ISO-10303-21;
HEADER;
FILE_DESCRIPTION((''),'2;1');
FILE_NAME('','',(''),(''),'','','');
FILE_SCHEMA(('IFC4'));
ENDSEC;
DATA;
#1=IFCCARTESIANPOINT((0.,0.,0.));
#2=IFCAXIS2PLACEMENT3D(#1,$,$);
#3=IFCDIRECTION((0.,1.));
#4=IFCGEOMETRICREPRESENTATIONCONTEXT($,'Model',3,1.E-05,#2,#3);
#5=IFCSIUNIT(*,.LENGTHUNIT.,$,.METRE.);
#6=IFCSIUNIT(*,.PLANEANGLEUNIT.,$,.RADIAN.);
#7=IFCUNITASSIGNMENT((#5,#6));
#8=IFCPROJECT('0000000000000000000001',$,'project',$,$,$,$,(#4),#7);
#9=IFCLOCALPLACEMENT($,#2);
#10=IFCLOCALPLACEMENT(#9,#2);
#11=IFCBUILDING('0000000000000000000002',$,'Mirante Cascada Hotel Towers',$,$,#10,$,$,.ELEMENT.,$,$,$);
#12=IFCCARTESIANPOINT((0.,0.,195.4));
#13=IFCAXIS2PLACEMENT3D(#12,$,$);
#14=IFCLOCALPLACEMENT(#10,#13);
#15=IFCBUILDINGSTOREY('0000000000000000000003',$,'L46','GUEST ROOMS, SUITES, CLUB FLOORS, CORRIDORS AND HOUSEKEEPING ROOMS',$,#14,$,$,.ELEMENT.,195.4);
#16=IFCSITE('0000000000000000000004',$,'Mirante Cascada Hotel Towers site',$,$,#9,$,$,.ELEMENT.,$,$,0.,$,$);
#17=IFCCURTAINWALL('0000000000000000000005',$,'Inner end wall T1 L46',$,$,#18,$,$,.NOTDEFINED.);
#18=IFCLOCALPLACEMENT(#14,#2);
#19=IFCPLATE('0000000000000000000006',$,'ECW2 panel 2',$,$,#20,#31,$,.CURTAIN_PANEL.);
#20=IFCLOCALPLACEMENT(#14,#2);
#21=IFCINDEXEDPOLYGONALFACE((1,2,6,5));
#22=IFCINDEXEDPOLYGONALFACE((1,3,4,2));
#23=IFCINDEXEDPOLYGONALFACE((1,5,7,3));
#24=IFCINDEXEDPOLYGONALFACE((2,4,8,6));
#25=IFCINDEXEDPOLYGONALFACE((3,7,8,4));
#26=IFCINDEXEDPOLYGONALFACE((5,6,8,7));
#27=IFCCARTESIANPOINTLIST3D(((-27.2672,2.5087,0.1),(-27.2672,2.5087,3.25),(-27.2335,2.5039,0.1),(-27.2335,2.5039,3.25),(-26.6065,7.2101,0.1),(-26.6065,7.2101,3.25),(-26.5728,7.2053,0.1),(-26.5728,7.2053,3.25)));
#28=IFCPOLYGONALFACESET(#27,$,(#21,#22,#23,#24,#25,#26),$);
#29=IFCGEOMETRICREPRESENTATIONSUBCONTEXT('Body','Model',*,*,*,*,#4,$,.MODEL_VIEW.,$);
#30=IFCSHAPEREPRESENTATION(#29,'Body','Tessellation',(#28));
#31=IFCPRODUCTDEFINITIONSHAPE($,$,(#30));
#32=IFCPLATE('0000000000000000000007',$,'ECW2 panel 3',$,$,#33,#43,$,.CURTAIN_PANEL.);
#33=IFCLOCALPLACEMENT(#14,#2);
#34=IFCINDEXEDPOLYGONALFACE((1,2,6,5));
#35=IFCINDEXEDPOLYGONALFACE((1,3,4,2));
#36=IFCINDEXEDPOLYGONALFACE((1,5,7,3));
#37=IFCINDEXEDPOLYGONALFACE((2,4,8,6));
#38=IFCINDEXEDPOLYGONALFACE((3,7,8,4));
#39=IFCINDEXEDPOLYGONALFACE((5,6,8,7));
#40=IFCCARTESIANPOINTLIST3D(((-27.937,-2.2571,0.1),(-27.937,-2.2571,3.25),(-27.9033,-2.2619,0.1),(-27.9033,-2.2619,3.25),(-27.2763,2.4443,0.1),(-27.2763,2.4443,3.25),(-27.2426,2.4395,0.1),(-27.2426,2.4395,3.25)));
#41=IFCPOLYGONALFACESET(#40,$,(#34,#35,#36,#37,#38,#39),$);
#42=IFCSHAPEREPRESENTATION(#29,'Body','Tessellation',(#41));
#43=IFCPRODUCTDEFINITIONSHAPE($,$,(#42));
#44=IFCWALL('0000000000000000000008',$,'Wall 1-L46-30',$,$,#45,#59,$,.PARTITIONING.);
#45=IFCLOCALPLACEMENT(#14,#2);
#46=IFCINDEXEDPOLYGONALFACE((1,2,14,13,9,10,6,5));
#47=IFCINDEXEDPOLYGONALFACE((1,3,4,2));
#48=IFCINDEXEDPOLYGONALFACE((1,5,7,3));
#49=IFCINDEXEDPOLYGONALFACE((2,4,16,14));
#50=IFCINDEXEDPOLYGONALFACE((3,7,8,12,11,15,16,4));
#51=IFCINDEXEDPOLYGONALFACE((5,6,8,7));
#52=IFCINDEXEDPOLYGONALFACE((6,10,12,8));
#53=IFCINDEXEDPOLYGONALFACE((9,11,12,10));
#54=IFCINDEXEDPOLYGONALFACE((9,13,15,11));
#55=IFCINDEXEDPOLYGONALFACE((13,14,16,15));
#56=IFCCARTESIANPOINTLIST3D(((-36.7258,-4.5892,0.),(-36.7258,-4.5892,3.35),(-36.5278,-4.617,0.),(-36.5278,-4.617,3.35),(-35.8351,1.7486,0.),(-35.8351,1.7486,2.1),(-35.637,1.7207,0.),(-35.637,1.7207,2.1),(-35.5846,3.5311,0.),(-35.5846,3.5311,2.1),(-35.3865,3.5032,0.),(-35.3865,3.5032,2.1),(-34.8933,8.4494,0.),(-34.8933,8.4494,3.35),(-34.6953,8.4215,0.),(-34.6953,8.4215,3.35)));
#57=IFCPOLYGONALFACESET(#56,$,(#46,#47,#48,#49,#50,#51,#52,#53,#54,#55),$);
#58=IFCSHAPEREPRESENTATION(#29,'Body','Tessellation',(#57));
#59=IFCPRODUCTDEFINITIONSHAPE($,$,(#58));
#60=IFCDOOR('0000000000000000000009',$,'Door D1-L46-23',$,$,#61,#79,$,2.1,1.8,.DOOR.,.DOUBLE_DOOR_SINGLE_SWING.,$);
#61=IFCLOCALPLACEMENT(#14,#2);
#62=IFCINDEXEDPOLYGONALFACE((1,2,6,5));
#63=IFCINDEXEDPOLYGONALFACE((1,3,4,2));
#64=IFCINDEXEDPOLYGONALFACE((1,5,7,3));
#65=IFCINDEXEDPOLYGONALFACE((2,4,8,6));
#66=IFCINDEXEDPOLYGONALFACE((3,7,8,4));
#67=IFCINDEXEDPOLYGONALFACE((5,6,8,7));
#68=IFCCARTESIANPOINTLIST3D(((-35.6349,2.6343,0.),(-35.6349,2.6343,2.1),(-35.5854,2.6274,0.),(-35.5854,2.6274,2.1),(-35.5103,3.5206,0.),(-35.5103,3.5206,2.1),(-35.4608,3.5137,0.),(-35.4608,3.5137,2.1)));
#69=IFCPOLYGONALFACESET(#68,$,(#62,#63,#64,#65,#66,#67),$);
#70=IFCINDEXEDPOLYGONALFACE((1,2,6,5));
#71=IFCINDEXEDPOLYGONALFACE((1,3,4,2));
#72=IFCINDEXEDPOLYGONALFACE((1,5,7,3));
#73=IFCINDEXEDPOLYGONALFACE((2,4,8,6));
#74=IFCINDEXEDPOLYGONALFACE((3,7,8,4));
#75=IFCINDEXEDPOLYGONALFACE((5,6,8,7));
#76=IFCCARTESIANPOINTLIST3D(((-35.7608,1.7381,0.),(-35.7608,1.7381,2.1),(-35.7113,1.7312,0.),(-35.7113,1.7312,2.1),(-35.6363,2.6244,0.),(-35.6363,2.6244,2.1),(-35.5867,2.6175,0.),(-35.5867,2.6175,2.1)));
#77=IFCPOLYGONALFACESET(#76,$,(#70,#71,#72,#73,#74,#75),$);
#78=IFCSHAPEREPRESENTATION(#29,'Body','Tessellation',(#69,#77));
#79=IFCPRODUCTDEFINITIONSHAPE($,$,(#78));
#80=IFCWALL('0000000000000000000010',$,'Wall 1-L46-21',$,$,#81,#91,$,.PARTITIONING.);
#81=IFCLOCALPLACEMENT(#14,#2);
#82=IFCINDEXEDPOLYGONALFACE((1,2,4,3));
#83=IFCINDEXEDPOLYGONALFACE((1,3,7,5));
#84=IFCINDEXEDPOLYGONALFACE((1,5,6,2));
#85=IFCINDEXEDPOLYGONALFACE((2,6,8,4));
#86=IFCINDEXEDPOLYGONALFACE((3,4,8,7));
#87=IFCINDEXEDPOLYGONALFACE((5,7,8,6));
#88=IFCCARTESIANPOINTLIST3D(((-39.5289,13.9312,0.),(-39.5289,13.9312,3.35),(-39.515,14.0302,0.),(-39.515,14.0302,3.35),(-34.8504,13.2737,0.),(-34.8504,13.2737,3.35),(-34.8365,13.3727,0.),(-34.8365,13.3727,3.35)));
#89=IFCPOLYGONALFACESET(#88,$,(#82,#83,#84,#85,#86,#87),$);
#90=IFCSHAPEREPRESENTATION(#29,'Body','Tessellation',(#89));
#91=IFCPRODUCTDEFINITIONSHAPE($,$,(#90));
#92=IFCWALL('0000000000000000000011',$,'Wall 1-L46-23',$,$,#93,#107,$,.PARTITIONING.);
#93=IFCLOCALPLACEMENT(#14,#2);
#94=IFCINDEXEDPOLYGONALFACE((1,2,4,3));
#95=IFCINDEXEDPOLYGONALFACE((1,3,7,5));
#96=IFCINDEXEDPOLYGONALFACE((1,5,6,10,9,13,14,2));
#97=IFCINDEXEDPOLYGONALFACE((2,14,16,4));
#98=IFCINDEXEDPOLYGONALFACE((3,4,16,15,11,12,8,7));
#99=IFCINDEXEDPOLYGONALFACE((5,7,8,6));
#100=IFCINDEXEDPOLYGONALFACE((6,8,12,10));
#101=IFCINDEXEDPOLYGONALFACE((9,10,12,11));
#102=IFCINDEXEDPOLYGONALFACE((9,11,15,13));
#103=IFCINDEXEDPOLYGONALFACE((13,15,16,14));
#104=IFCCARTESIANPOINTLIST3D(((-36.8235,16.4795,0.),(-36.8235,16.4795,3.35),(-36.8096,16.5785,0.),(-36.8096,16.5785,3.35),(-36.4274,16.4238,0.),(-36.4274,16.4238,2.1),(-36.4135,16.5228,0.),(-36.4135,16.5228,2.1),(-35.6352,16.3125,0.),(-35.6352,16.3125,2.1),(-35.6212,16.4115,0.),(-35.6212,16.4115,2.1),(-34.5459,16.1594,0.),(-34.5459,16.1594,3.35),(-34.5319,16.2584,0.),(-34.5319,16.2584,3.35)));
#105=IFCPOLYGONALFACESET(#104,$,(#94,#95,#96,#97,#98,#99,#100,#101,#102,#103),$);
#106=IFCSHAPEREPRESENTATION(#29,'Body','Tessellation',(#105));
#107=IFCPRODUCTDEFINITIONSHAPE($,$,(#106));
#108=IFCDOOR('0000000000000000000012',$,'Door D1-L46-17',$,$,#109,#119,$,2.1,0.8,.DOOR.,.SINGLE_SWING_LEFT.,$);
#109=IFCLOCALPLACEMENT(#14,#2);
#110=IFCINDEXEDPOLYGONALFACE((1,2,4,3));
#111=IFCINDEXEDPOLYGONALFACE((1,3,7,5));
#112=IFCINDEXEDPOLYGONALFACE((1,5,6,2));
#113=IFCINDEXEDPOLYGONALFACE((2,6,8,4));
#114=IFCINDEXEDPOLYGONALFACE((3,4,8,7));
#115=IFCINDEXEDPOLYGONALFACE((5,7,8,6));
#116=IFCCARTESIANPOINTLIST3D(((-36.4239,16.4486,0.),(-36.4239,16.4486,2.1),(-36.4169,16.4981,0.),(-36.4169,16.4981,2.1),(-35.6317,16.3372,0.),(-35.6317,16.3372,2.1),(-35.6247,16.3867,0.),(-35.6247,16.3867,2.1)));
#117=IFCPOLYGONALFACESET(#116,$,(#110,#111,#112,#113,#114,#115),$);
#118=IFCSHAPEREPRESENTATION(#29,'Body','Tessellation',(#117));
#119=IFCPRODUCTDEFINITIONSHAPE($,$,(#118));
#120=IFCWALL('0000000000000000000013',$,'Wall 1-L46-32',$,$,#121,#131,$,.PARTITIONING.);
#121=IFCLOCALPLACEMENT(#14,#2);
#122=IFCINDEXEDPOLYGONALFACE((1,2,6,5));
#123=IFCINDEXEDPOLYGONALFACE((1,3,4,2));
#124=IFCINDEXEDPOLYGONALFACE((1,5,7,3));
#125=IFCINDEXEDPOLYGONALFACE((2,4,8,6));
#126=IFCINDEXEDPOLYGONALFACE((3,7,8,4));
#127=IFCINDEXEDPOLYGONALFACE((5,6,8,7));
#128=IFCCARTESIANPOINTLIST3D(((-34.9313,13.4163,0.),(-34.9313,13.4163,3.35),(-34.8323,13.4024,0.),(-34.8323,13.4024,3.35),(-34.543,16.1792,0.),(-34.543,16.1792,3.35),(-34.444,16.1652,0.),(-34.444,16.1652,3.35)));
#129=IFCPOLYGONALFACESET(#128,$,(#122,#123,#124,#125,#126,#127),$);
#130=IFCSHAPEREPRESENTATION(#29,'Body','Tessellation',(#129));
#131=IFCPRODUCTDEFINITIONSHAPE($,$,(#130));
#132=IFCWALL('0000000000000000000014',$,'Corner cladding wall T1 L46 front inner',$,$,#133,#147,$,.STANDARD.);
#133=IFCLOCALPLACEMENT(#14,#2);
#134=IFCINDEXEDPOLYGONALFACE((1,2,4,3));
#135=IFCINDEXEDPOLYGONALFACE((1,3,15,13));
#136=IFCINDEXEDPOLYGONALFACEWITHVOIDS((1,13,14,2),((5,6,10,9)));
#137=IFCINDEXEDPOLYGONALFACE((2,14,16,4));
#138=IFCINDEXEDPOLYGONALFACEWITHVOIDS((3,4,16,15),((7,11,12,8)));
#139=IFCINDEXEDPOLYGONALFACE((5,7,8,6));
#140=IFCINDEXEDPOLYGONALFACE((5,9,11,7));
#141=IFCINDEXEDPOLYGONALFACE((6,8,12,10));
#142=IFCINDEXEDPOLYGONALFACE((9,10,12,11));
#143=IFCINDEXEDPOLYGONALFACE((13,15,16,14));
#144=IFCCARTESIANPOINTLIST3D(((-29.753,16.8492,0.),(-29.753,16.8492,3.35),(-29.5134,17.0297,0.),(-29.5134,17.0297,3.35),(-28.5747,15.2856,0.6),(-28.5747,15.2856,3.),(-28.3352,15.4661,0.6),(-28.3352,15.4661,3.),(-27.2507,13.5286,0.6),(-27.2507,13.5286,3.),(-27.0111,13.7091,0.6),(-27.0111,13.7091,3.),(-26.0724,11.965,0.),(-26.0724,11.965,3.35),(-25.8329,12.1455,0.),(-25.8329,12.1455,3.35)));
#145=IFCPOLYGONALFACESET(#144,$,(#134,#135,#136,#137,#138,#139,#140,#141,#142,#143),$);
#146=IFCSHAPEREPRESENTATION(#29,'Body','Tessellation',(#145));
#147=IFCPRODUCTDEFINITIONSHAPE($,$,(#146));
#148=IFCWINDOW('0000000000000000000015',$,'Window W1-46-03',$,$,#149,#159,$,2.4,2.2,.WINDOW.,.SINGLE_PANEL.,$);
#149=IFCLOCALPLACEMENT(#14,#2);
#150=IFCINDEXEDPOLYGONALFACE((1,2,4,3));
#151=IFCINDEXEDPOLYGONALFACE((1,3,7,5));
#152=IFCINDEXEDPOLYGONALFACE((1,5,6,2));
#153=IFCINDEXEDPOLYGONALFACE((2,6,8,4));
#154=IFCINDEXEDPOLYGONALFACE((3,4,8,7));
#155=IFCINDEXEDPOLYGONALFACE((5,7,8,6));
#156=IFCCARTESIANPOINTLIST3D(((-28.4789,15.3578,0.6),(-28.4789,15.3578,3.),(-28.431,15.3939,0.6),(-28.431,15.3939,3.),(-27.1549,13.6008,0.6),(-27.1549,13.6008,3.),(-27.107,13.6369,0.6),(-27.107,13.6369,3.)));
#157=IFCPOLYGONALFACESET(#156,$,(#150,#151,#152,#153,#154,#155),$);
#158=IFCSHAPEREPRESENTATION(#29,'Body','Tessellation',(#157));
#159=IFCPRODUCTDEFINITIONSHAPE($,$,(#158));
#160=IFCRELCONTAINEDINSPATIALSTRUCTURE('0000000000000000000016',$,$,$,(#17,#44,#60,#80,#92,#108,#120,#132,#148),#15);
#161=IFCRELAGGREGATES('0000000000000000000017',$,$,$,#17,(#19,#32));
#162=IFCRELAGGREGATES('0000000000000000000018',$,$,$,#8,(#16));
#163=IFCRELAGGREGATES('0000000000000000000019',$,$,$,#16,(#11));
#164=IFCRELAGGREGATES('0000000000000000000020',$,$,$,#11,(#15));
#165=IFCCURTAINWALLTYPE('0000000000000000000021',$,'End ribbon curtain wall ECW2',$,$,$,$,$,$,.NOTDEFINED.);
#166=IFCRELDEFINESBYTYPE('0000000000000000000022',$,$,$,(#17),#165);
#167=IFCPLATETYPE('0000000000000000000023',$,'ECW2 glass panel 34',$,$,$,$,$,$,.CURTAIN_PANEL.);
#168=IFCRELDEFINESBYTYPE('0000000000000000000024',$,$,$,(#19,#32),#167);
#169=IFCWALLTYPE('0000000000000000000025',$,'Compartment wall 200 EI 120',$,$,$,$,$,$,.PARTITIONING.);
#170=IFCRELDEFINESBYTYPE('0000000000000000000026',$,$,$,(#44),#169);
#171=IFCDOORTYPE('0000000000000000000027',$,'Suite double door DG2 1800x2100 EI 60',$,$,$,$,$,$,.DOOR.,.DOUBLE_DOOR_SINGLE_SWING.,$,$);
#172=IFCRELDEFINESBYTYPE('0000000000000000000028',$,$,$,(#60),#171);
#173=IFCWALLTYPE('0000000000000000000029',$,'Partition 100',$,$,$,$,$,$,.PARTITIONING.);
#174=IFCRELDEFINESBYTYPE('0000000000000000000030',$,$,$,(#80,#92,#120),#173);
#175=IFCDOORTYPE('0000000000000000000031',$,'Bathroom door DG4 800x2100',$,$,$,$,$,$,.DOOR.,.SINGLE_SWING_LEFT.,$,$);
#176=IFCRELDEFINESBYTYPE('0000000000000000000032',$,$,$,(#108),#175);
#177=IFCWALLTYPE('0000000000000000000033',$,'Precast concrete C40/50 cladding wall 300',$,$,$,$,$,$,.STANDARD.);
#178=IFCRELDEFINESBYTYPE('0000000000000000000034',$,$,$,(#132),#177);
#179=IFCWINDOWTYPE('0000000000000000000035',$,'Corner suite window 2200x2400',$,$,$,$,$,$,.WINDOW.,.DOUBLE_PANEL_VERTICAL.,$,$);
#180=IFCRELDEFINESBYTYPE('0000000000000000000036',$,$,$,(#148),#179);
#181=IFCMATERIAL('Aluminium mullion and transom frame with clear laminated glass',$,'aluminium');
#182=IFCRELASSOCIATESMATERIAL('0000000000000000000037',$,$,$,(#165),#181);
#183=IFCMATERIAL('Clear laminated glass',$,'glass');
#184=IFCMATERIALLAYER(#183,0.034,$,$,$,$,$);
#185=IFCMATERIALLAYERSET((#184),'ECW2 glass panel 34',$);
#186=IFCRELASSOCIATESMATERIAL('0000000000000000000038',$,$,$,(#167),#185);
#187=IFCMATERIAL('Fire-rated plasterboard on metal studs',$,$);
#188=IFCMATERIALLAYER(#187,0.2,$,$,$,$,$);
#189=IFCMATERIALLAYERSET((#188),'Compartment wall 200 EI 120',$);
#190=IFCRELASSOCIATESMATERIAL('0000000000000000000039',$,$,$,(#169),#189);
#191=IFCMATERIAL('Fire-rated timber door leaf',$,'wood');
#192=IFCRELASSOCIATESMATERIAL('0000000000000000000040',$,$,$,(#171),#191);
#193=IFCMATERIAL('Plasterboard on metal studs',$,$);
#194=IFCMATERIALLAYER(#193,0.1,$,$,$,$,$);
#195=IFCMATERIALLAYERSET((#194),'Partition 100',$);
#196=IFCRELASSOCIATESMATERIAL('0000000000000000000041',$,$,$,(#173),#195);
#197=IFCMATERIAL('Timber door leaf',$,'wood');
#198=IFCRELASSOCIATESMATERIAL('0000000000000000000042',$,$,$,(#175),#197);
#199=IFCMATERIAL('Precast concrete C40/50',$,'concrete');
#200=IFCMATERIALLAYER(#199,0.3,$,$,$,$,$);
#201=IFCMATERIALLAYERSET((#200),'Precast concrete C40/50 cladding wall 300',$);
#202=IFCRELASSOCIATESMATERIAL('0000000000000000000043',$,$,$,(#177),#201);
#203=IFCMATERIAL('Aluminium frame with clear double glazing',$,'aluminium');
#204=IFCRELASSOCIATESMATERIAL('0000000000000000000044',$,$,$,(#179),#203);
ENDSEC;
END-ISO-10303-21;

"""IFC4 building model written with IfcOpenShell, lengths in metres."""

from ifc_helpers import new_model, si_unit, direction, frame, frame_2d, origin, origin_2d, place, context, subcontext, project, spatial, rectangle, extrude, material, layer, layer_set, type_object, element, fill, aggregate, save


model = new_model("IFC4")

# Units and contexts
model_context = context("Model", 3, precision=1e-05, world=origin(), true_north=direction((0.0, 1.0)))
body_context = subcontext(model_context, "Body", "Model", "MODEL_VIEW")
ifc_project = project(units=[si_unit("LENGTHUNIT", "METRE"), si_unit("PLANEANGLEUNIT", "RADIAN")], contexts=[model_context])

# Site, building, storey
site_placement = place(None, origin())
site = spatial("IfcSite", under=ifc_project, at=site_placement, Name="Mirante Cascada Hotel Towers site", CompositionType="ELEMENT", RefElevation=0.0)
building_placement = place(site_placement, origin())
building = spatial("IfcBuilding", under=site, at=building_placement, Name="Mirante Cascada Hotel Towers", CompositionType="ELEMENT")
storey_placement = place(building_placement, frame((0.0, 0.0, 195.4)))
storey = spatial("IfcBuildingStorey", under=building, at=storey_placement, Name="L46", Description="GUEST ROOMS, SUITES, CLUB FLOORS, CORRIDORS AND HOUSEKEEPING ROOMS", CompositionType="ELEMENT", Elevation=195.4)

# Curtain wall
ifc_material_1 = material(Name="Aluminium mullion and transom frame with clear laminated glass", Category="aluminium")
curtain_wall_type_1 = type_object("IfcCurtainWallType", Name="End ribbon curtain wall ECW2", PredefinedType="NOTDEFINED", material=ifc_material_1)
curtain_wall_1_placement = place(storey_placement, origin())
curtain_wall_1 = element("IfcCurtainWall", 1, at=curtain_wall_1_placement, inside=storey, type_object=curtain_wall_type_1, Name="Inner end wall T1 L46", PredefinedType="NOTDEFINED")

# Plates
ifc_material_2 = material(Name="Clear laminated glass", Category="glass")
ifc_layer_1 = layer(ifc_material_2, 0.034)
ifc_layer_set_1 = layer_set([ifc_layer_1], Name="ECW2 glass panel 34")
plate_type_1 = type_object("IfcPlateType", Name="ECW2 glass panel 34", PredefinedType="CURTAIN_PANEL", material=ifc_layer_set_1)
plate_1_placement = place(storey_placement, frame((-26.92, 4.857, 0.1), z_axis=(0.0, 0.0, 1.0), x_axis=(-0.139173, -0.990268, 0.0)))
plate_1 = element("IfcPlate", 2, at=plate_1_placement, type_object=plate_type_1, Name="ECW2 panel 2", PredefinedType="CURTAIN_PANEL", context=body_context, shape_type="SweptSolid", body=[
    extrude(rectangle(XDim=4.7476, YDim=0.034, at=origin_2d()), origin(), (0.0, 0.0, 1.0), 3.15),
])
plate_2_placement = place(storey_placement, frame((-27.5898, 0.0912, 0.1), z_axis=(0.0, 0.0, 1.0), x_axis=(-0.139173, -0.990268, 0.0)))
plate_2 = element("IfcPlate", 3, at=plate_2_placement, type_object=plate_type_1, Name="ECW2 panel 3", PredefinedType="CURTAIN_PANEL", context=body_context, shape_type="SweptSolid", body=[
    extrude(rectangle(XDim=4.7476, YDim=0.034, at=origin_2d()), origin(), (0.0, 0.0, 1.0), 3.15),
])
aggregate(curtain_wall_1, [plate_1, plate_2])

# Wall, opening, door
ifc_material_3 = material(Name="Fire-rated plasterboard on metal studs")
ifc_layer_2 = layer(ifc_material_3, 0.2)
ifc_layer_set_2 = layer_set([ifc_layer_2], Name="Compartment wall 200 EI 120")
wall_type_1 = type_object("IfcWallType", Name="Compartment wall 200 EI 120", PredefinedType="PARTITIONING", material=ifc_layer_set_2)
wall_1_placement = place(storey_placement, frame((-34.7943, 8.4355, 0.0), z_axis=(0.0, 0.0, 1.0), x_axis=(-0.139176, -0.990268, 0.0)))
wall_1 = element("IfcWall", 4, at=wall_1_placement, inside=storey, type_object=wall_type_1, Name="Wall 1-L46-30", PredefinedType="PARTITIONING", context=body_context, shape_type="SweptSolid", body=[
    extrude(rectangle(XDim=13.1667, YDim=0.2, at=frame_2d((6.5834, 0.0))), origin(), (0.0, 0.0, 1.0), 3.35),
])
opening_1_placement = place(wall_1_placement, frame((4.9667, 0.0, 0.0)))
opening_1 = element("IfcOpeningElement", 5, at=opening_1_placement, cuts=wall_1, PredefinedType="OPENING", context=body_context, shape_type="SweptSolid", body=[
    extrude(rectangle(XDim=1.8, YDim=2.1, at=frame_2d((0.9, 1.05))), frame((0.0, 0.1, 0.0), z_axis=(0.0, -1.0, 0.0), x_axis=(1.0, 0.0, 0.0)), (0.0, 0.0, 1.0), 0.2),
])
ifc_material_4 = material(Name="Fire-rated timber door leaf", Category="wood")
door_type_1 = type_object("IfcDoorType", Name="Suite double door DG2 1800x2100 EI 60", OperationType="DOUBLE_DOOR_SINGLE_SWING", PredefinedType="DOOR", material=ifc_material_4)
door_1_placement = place(opening_1_placement, origin())
door_1 = element("IfcDoor", 6, at=door_1_placement, inside=storey, type_object=door_type_1, Name="Door D1-L46-23", OperationType="DOUBLE_DOOR_SINGLE_SWING", OverallHeight=2.1, OverallWidth=1.8, PredefinedType="DOOR", context=body_context, shape_type="SweptSolid", body=[
    extrude(rectangle(XDim=0.895, YDim=2.1, at=frame_2d((0.4475, 1.05))), frame((0.0, 0.025, 0.0), z_axis=(0.0, -1.0, 0.0), x_axis=(1.0, 0.0, 0.0)), (0.0, 0.0, 1.0), 0.05),
    extrude(rectangle(XDim=0.895, YDim=2.1, at=frame_2d((1.3525, 1.05))), frame((0.0, 0.025, 0.0), z_axis=(0.0, -1.0, 0.0), x_axis=(1.0, 0.0, 0.0)), (0.0, 0.0, 1.0), 0.05),
])
fill(opening_1, door_1)

# Wall
ifc_material_5 = material(Name="Plasterboard on metal studs")
ifc_layer_3 = layer(ifc_material_5, 0.1)
ifc_layer_set_3 = layer_set([ifc_layer_3], Name="Partition 100")
wall_type_2 = type_object("IfcWallType", Name="Partition 100", PredefinedType="PARTITIONING", material=ifc_layer_set_3)
wall_2_placement = place(storey_placement, frame((-34.8435, 13.3232, 0.0), z_axis=(0.0, 0.0, 1.0), x_axis=(-0.990269, 0.139169, 0.0)))
element("IfcWall", 7, at=wall_2_placement, inside=storey, type_object=wall_type_2, Name="Wall 1-L46-21", PredefinedType="PARTITIONING", context=body_context, shape_type="SweptSolid", body=[
    extrude(rectangle(XDim=4.7245, YDim=0.1, at=frame_2d((2.3622, 0.0))), origin(), (0.0, 0.0, 1.0), 3.35),
])

# Wall, opening, door
wall_3_placement = place(storey_placement, frame((-34.5389, 16.2089, 0.0), z_axis=(0.0, 0.0, 1.0), x_axis=(-0.990268, 0.139175, 0.0)))
wall_3 = element("IfcWall", 8, at=wall_3_placement, inside=storey, type_object=wall_type_2, Name="Wall 1-L46-23", PredefinedType="PARTITIONING", context=body_context, shape_type="SweptSolid", body=[
    extrude(rectangle(XDim=2.3, YDim=0.1, at=frame_2d((1.15, 0.0))), origin(), (0.0, 0.0, 1.0), 3.35),
])
opening_2_placement = place(wall_3_placement, frame((1.1, 0.0, 0.0)))
opening_2 = element("IfcOpeningElement", 9, at=opening_2_placement, cuts=wall_3, PredefinedType="OPENING", context=body_context, shape_type="SweptSolid", body=[
    extrude(rectangle(XDim=0.8, YDim=2.1, at=frame_2d((0.4, 1.05))), frame((0.0, 0.05, 0.0), z_axis=(0.0, -1.0, 0.0), x_axis=(1.0, 0.0, 0.0)), (0.0, 0.0, 1.0), 0.1),
])
ifc_material_6 = material(Name="Timber door leaf", Category="wood")
door_type_2 = type_object("IfcDoorType", Name="Bathroom door DG4 800x2100", OperationType="SINGLE_SWING_LEFT", PredefinedType="DOOR", material=ifc_material_6)
door_2_placement = place(opening_2_placement, origin())
door_2 = element("IfcDoor", 10, at=door_2_placement, inside=storey, type_object=door_type_2, Name="Door D1-L46-17", OperationType="SINGLE_SWING_LEFT", OverallHeight=2.1, OverallWidth=0.8, PredefinedType="DOOR", context=body_context, shape_type="SweptSolid", body=[
    extrude(rectangle(XDim=0.8, YDim=2.1, at=frame_2d((0.4, 1.05))), frame((0.0, 0.025, 0.0), z_axis=(0.0, -1.0, 0.0), x_axis=(1.0, 0.0, 0.0)), (0.0, 0.0, 1.0), 0.05),
])
fill(opening_2, door_2)

# Wall
wall_4_placement = place(storey_placement, frame((-34.4935, 16.1722, 0.0), z_axis=(0.0, 0.0, 1.0), x_axis=(-0.139178, -0.990267, 0.0)))
element("IfcWall", 11, at=wall_4_placement, inside=storey, type_object=wall_type_2, Name="Wall 1-L46-32", PredefinedType="PARTITIONING", context=body_context, shape_type="SweptSolid", body=[
    extrude(rectangle(XDim=2.79, YDim=0.1, at=frame_2d((1.395, 0.0))), origin(), (0.0, 0.0, 1.0), 3.35),
])

# Wall, opening, window
ifc_material_7 = material(Name="Precast concrete C40/50", Category="concrete")
ifc_layer_4 = layer(ifc_material_7, 0.3)
ifc_layer_set_4 = layer_set([ifc_layer_4], Name="Precast concrete C40/50 cladding wall 300")
wall_type_3 = type_object("IfcWallType", Name="Precast concrete C40/50 cladding wall 300", PredefinedType="STANDARD", material=ifc_layer_set_4)
wall_5_placement = place(storey_placement, frame((-29.6332, 16.9394, 0.0), z_axis=(0.0, 0.0, 1.0), x_axis=(0.601824, -0.798628, 0.0)))
wall_5 = element("IfcWall", 12, at=wall_5_placement, inside=storey, type_object=wall_type_3, Name="Corner cladding wall T1 L46 front inner", PredefinedType="STANDARD", context=body_context, shape_type="SweptSolid", body=[
    extrude(rectangle(XDim=6.1157, YDim=0.3, at=frame_2d((3.0578, 0.0))), origin(), (0.0, 0.0, 1.0), 3.35),
])
opening_3_placement = place(wall_5_placement, frame((1.9578, 0.0, 0.6)))
opening_3 = element("IfcOpeningElement", 13, at=opening_3_placement, cuts=wall_5, PredefinedType="OPENING", context=body_context, shape_type="SweptSolid", body=[
    extrude(rectangle(XDim=2.2, YDim=2.4, at=frame_2d((1.1, 1.2))), frame((0.0, 0.15, 0.0), z_axis=(0.0, -1.0, 0.0), x_axis=(1.0, 0.0, 0.0)), (0.0, 0.0, 1.0), 0.3),
])
ifc_material_8 = material(Name="Aluminium frame with clear double glazing", Category="aluminium")
window_type = type_object("IfcWindowType", Name="Corner suite window 2200x2400", PartitioningType="DOUBLE_PANEL_VERTICAL", PredefinedType="WINDOW", material=ifc_material_8)
window_placement = place(opening_3_placement, origin())
window = element("IfcWindow", 14, at=window_placement, inside=storey, type_object=window_type, Name="Window W1-46-03", OverallHeight=2.4, OverallWidth=2.2, PartitioningType="SINGLE_PANEL", PredefinedType="WINDOW", context=body_context, shape_type="SweptSolid", body=[
    extrude(rectangle(XDim=2.2, YDim=2.4, at=frame_2d((1.1, 1.2))), frame((0.0, 0.03, 0.0), z_axis=(0.0, -1.0, 0.0), x_axis=(1.0, 0.0, 0.0)), (0.0, 0.0, 1.0), 0.06),
])
fill(opening_3, window)

save(model, "model.ifc")
